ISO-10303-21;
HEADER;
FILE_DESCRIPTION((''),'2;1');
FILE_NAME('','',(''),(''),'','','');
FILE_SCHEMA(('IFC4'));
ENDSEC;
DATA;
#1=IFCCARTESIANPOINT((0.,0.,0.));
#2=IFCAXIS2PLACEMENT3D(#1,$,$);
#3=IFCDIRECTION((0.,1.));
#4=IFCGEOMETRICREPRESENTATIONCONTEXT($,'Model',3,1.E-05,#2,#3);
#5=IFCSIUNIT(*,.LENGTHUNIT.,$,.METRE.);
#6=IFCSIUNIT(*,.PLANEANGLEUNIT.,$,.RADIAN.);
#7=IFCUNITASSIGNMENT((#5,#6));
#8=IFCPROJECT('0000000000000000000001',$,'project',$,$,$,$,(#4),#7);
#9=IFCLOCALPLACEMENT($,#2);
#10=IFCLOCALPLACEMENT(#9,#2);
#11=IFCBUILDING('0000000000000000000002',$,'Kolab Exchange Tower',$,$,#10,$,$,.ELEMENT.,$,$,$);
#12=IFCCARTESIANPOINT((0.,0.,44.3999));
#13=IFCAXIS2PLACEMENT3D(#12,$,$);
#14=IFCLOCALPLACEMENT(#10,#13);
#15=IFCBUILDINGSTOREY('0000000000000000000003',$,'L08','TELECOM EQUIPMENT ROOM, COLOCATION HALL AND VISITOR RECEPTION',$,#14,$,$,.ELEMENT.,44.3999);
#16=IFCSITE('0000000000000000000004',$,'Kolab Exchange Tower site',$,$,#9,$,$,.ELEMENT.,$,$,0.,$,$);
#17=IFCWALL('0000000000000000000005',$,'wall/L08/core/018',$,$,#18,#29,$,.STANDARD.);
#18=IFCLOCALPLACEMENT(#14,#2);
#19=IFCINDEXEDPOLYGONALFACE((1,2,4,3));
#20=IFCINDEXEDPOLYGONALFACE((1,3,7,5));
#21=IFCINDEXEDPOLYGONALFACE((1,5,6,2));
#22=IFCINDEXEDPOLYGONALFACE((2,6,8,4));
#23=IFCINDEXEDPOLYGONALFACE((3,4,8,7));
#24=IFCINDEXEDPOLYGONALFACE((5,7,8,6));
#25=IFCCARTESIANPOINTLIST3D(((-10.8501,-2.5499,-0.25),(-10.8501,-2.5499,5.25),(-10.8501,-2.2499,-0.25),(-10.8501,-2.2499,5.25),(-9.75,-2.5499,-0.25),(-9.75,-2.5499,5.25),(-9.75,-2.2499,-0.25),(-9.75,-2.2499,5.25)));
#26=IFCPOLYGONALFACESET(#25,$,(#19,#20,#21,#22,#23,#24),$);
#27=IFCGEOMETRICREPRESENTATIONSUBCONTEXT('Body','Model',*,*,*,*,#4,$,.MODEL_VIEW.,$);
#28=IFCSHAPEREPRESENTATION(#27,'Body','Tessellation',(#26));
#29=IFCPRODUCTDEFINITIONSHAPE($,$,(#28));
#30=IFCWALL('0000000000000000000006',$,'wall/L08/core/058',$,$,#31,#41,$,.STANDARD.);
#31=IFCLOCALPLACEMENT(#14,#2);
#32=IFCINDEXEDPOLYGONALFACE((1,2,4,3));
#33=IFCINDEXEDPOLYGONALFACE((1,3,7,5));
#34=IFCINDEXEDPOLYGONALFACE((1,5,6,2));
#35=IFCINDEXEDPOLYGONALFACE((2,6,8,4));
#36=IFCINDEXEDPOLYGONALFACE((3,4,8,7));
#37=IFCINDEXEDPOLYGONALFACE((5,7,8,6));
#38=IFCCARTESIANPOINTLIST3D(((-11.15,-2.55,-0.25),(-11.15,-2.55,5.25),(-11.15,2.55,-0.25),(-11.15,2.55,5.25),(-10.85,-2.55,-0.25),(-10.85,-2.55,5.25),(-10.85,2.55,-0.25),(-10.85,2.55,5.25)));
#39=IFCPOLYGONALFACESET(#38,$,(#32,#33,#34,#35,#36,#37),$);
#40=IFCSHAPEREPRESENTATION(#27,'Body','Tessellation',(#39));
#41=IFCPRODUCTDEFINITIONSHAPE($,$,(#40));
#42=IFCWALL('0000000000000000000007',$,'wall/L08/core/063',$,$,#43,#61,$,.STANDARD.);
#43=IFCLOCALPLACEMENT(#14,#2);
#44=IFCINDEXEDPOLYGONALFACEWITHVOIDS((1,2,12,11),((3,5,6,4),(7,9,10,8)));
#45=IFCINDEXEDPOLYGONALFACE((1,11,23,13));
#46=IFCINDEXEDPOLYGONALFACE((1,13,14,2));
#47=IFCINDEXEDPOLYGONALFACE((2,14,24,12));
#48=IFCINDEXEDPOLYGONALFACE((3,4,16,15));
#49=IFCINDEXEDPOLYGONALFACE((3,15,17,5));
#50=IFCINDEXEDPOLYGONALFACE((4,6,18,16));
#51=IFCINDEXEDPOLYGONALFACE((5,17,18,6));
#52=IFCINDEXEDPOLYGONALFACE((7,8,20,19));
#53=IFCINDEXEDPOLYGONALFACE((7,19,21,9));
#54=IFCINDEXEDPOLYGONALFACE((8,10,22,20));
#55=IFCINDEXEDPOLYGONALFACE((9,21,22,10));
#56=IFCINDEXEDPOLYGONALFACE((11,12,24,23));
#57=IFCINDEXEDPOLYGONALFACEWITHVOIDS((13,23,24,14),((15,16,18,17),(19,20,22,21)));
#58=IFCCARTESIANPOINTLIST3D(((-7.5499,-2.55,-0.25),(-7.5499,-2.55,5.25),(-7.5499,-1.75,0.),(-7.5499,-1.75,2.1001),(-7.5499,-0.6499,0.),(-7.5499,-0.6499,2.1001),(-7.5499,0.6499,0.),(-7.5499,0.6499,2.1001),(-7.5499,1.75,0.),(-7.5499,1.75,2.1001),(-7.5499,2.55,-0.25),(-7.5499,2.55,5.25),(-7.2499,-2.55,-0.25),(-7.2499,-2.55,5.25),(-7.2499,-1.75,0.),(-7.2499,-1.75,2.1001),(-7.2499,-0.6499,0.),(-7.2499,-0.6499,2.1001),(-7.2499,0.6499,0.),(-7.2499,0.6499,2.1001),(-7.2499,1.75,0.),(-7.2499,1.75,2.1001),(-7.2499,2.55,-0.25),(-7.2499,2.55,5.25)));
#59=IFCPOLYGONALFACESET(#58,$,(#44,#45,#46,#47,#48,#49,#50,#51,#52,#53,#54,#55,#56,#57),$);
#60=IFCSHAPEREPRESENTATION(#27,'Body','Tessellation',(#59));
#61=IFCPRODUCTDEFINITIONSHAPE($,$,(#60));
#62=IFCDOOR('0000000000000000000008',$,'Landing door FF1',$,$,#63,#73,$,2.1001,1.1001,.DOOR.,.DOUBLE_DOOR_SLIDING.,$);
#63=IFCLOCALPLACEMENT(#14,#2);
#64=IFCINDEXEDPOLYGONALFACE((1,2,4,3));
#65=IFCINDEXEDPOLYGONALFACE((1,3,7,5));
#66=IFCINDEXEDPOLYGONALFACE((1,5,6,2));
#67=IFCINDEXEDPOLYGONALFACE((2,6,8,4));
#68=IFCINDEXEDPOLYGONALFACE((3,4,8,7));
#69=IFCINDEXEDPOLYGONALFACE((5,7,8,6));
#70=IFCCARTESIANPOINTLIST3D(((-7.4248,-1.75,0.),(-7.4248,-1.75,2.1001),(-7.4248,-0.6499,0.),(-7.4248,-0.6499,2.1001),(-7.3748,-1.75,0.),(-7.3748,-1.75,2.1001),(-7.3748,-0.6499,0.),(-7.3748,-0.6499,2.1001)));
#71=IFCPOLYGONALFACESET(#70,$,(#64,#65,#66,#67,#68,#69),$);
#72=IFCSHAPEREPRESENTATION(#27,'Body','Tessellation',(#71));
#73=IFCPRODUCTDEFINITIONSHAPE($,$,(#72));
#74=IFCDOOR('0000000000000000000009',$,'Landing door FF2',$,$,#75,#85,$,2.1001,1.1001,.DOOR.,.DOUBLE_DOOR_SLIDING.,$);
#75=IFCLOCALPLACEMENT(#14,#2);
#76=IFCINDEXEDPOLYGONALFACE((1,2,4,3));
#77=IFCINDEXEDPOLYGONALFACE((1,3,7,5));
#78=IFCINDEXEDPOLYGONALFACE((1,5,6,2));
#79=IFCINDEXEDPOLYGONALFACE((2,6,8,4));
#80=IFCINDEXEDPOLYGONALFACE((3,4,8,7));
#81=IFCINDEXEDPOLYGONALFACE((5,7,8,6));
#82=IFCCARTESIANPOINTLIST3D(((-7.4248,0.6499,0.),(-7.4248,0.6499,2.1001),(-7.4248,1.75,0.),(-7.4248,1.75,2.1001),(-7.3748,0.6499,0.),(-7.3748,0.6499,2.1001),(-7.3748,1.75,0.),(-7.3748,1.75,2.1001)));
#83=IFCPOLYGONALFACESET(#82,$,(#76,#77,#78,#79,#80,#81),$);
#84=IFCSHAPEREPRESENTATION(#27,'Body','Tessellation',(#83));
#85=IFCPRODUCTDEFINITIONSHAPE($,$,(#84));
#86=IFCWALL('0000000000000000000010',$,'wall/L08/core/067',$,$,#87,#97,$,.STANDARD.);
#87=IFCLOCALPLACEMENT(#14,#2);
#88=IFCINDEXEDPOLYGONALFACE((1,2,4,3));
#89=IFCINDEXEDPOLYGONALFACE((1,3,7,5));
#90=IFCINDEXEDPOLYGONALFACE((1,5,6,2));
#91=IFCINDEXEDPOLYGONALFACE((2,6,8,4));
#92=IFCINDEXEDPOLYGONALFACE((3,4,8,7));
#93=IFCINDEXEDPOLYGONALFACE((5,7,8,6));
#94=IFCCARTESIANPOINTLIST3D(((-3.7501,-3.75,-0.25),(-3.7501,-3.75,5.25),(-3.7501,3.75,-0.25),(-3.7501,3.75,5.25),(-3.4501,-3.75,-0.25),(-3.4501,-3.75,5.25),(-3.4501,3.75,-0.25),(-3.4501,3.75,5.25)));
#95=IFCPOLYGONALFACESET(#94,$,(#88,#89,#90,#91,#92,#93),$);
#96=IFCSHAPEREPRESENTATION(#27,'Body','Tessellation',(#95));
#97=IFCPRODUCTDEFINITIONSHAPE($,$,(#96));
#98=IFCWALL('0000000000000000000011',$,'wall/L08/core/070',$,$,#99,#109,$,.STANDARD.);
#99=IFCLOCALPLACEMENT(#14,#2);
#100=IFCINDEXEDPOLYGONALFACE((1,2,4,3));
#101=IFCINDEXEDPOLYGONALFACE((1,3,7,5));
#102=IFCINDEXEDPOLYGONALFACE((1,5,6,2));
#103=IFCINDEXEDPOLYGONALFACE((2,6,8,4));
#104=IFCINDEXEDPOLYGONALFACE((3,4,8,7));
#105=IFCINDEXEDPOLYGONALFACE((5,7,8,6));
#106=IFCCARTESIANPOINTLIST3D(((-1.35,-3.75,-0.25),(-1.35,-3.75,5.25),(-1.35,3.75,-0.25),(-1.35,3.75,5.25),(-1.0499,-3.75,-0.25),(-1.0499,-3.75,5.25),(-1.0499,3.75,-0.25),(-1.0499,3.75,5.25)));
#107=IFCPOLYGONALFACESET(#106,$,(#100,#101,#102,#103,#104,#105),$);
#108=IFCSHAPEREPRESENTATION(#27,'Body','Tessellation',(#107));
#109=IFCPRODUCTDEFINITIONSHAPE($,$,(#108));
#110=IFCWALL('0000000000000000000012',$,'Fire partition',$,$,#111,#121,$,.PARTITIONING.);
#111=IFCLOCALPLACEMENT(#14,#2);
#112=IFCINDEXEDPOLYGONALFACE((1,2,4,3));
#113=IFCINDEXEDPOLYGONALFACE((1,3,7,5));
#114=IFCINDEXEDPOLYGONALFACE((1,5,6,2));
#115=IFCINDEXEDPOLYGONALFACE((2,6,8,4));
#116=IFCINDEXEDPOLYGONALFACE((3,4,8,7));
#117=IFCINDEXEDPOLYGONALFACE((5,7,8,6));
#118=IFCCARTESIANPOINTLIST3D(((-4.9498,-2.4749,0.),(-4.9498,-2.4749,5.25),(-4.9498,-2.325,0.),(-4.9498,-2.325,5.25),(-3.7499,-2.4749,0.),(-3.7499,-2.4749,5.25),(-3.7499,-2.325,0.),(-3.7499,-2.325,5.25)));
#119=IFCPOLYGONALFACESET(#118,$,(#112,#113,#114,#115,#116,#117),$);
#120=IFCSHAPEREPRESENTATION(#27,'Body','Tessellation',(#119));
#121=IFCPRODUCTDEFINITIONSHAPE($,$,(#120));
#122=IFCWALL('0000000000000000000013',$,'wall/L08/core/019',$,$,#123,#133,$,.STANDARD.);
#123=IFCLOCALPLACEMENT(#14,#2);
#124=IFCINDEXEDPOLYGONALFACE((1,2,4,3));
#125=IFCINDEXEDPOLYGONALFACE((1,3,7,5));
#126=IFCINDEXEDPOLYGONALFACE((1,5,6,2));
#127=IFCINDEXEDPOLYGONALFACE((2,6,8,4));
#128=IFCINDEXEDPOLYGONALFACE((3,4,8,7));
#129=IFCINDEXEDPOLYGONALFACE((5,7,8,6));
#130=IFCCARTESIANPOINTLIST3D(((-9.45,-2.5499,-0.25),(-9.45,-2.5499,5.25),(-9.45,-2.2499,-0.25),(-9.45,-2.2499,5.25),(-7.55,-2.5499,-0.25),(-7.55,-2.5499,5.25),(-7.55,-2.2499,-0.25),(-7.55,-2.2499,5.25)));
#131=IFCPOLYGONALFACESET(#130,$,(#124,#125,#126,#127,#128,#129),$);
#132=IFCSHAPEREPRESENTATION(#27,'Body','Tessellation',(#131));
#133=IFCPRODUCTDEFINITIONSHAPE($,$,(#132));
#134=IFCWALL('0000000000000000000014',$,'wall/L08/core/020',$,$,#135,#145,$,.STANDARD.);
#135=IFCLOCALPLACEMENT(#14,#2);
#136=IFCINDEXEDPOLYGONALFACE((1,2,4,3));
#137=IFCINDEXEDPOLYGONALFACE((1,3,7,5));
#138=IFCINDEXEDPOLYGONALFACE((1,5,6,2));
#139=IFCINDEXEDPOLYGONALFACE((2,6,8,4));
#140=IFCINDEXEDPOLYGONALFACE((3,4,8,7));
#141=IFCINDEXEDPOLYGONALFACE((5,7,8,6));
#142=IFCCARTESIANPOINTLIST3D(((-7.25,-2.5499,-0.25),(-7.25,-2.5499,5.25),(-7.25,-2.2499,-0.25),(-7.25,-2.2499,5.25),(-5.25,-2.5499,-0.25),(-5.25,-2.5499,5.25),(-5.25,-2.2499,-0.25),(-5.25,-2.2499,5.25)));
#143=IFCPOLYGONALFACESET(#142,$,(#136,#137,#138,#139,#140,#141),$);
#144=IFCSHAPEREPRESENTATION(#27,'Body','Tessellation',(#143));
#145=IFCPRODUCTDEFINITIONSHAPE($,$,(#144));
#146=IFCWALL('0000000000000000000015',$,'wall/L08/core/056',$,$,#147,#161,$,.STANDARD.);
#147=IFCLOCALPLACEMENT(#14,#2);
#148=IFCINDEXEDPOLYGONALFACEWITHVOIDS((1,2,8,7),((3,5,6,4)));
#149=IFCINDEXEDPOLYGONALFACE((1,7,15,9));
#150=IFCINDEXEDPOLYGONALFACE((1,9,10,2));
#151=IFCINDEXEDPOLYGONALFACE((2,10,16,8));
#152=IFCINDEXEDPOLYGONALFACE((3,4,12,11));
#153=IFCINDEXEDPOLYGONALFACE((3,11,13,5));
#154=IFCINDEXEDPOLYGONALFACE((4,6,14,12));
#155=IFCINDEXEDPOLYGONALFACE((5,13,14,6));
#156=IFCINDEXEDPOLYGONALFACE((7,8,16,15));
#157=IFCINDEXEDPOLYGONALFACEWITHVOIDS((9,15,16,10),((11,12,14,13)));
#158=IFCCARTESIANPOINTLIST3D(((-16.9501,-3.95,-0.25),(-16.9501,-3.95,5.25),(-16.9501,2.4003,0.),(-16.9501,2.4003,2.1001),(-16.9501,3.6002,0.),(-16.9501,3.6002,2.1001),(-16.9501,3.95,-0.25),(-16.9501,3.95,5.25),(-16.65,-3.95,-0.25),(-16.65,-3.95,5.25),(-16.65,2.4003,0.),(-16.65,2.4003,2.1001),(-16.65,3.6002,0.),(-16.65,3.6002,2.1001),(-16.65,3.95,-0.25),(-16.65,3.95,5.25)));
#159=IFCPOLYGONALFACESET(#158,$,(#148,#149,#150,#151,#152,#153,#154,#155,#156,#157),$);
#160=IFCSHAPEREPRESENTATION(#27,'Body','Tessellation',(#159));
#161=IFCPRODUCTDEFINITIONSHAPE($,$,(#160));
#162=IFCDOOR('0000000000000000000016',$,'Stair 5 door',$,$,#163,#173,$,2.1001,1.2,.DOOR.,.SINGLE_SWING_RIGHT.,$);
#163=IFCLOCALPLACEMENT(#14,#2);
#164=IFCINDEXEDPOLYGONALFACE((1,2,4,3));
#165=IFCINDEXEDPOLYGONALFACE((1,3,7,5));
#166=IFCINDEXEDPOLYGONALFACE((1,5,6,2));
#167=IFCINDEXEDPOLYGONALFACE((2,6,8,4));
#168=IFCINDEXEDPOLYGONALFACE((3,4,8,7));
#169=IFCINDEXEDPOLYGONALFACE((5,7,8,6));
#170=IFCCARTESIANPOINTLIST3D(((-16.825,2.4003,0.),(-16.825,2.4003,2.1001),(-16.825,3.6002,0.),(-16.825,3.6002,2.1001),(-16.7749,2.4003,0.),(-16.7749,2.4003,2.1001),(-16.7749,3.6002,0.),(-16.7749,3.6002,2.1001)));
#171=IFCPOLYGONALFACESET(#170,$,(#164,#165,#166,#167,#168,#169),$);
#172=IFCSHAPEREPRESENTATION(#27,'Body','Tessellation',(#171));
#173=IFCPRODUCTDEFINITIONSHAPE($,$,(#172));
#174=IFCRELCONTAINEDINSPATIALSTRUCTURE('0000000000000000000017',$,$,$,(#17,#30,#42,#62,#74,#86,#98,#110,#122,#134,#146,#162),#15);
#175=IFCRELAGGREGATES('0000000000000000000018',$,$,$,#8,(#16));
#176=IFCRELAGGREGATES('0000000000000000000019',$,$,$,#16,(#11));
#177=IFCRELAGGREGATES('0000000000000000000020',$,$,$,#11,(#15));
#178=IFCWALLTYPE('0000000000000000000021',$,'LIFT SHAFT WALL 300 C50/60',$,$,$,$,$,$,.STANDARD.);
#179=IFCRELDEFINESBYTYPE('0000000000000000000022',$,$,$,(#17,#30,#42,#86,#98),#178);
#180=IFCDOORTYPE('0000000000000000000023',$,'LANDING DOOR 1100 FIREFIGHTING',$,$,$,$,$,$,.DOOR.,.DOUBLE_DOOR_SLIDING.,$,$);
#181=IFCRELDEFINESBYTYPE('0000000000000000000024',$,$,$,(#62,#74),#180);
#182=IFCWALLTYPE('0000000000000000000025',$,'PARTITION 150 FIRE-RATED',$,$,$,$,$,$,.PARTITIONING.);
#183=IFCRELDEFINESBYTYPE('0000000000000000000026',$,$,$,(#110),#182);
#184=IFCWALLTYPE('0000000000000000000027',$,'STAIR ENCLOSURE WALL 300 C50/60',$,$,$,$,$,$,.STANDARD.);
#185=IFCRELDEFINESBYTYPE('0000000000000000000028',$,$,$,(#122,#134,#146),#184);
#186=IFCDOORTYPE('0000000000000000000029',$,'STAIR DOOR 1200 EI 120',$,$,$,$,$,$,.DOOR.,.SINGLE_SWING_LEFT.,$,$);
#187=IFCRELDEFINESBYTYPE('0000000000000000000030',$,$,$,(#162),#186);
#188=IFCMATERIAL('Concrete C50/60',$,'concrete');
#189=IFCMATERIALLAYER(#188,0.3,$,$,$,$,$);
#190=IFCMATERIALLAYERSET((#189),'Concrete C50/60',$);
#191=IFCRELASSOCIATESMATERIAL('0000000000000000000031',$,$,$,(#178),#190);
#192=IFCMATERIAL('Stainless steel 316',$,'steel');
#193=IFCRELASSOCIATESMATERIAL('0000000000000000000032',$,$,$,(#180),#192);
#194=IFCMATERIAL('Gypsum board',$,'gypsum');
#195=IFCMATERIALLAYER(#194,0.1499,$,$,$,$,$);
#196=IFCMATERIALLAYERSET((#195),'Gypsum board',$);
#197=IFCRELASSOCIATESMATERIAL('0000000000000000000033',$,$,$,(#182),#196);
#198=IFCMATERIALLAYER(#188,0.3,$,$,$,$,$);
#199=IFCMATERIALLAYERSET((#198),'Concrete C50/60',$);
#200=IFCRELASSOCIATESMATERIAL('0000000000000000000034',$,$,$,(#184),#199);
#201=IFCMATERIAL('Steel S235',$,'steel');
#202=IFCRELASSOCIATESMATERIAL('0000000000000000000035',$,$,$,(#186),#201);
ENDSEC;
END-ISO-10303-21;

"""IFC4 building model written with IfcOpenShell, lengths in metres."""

from ifc_helpers import new_model, si_unit, direction, frame, frame_2d, origin, place, context, subcontext, project, spatial, rectangle, extrude, material, layer, layer_set, type_object, element, fill, save


model = new_model("IFC4")

# Units and contexts
model_context = context("Model", 3, precision=1e-05, world=origin(), true_north=direction((0.0, 1.0)))
body_context = subcontext(model_context, "Body", "Model", "MODEL_VIEW")
ifc_project = project(units=[si_unit("LENGTHUNIT", "METRE"), si_unit("PLANEANGLEUNIT", "RADIAN")], contexts=[model_context])

# Site, building, storey
site_placement = place(None, origin())
site = spatial("IfcSite", under=ifc_project, at=site_placement, Name="Kolab Exchange Tower site", CompositionType="ELEMENT", RefElevation=0.0)
building_placement = place(site_placement, origin())
building = spatial("IfcBuilding", under=site, at=building_placement, Name="Kolab Exchange Tower", CompositionType="ELEMENT")
storey_placement = place(building_placement, frame((0.0, 0.0, 44.3999)))
storey = spatial("IfcBuildingStorey", under=building, at=storey_placement, Name="L08", Description="TELECOM EQUIPMENT ROOM, COLOCATION HALL AND VISITOR RECEPTION", CompositionType="ELEMENT", Elevation=44.3999)

# Shared definitions
ifc_material_1 = material(Name="Concrete C50/60", Category="concrete")
ifc_layer_1 = layer(ifc_material_1, 0.3)
ifc_layer_set_1 = layer_set([ifc_layer_1], Name="Concrete C50/60")
wall_type_1 = type_object("IfcWallType", Name="LIFT SHAFT WALL 300 C50/60", PredefinedType="STANDARD", material=ifc_layer_set_1)
ifc_material_2 = material(Name="Steel S235", Category="steel")

# Walls
wall_1_placement = place(storey_placement, frame((-10.8501, -2.3999, -0.25), z_axis=(0.0, 0.0, 1.0), x_axis=(1.0, 0.0, 0.0)))
element("IfcWall", 1, at=wall_1_placement, inside=storey, type_object=wall_type_1, Name="wall/L08/core/018", PredefinedType="STANDARD", context=body_context, shape_type="SweptSolid", body=[
    extrude(rectangle(XDim=1.1001, YDim=0.3, at=frame_2d((0.55, 0.0))), origin(), (0.0, 0.0, 1.0), 5.5),
])
wall_2_placement = place(storey_placement, frame((-11.0, -2.55, -0.25), z_axis=(0.0, 0.0, 1.0), x_axis=(0.0, 1.0, 0.0)))
element("IfcWall", 2, at=wall_2_placement, inside=storey, type_object=wall_type_1, Name="wall/L08/core/058", PredefinedType="STANDARD", context=body_context, shape_type="SweptSolid", body=[
    extrude(rectangle(XDim=5.1001, YDim=0.3, at=frame_2d((2.55, 0.0))), origin(), (0.0, 0.0, 1.0), 5.5),
])

# Wall, openings, doors
wall_3_placement = place(storey_placement, frame((-7.3999, -2.55, -0.25), z_axis=(0.0, 0.0, 1.0), x_axis=(0.0, 1.0, 0.0)))
wall_3 = element("IfcWall", 3, at=wall_3_placement, inside=storey, type_object=wall_type_1, Name="wall/L08/core/063", PredefinedType="STANDARD", context=body_context, shape_type="SweptSolid", body=[
    extrude(rectangle(XDim=5.1001, YDim=0.3, at=frame_2d((2.55, 0.0))), origin(), (0.0, 0.0, 1.0), 5.5),
])
opening_1_placement = place(wall_3_placement, frame((0.8, 0.0, 0.25)))
opening_1 = element("IfcOpeningElement", 4, at=opening_1_placement, cuts=wall_3, PredefinedType="OPENING", context=body_context, shape_type="SweptSolid", body=[
    extrude(rectangle(XDim=1.1001, YDim=2.1001, at=frame_2d((0.55, 1.05))), frame((0.0, 0.1602, 0.0), z_axis=(0.0, -1.0, 0.0), x_axis=(1.0, 0.0, 0.0)), (0.0, 0.0, 1.0), 0.3201),
])
opening_2_placement = place(wall_3_placement, frame((3.2, 0.0, 0.25)))
opening_2 = element("IfcOpeningElement", 5, at=opening_2_placement, cuts=wall_3, PredefinedType="OPENING", context=body_context, shape_type="SweptSolid", body=[
    extrude(rectangle(XDim=1.1001, YDim=2.1001, at=frame_2d((0.55, 1.05))), frame((0.0, 0.1602, 0.0), z_axis=(0.0, -1.0, 0.0), x_axis=(1.0, 0.0, 0.0)), (0.0, 0.0, 1.0), 0.3201),
])
ifc_material_3 = material(Name="Stainless steel 316", Category="steel")
door_type_1 = type_object("IfcDoorType", Name="LANDING DOOR 1100 FIREFIGHTING", OperationType="DOUBLE_DOOR_SLIDING", PredefinedType="DOOR", material=ifc_material_3)
door_1_placement = place(opening_1_placement, origin())
door_1 = element("IfcDoor", 6, at=door_1_placement, inside=storey, type_object=door_type_1, Name="Landing door FF1", OperationType="DOUBLE_DOOR_SLIDING", OverallHeight=2.1001, OverallWidth=1.1001, PredefinedType="DOOR", context=body_context, shape_type="SweptSolid", body=[
    extrude(rectangle(XDim=1.1001, YDim=2.1001, at=frame_2d((0.55, 1.05))), frame((0.0, 0.0249, 0.0), z_axis=(0.0, -1.0, 0.0), x_axis=(1.0, 0.0, 0.0)), (0.0, 0.0, 1.0), 0.05),
])
fill(opening_1, door_1)
door_2_placement = place(opening_2_placement, origin())
door_2 = element("IfcDoor", 7, at=door_2_placement, inside=storey, type_object=door_type_1, Name="Landing door FF2", OperationType="DOUBLE_DOOR_SLIDING", OverallHeight=2.1001, OverallWidth=1.1001, PredefinedType="DOOR", context=body_context, shape_type="SweptSolid", body=[
    extrude(rectangle(XDim=1.1001, YDim=2.1001, at=frame_2d((0.55, 1.05))), frame((0.0, 0.0249, 0.0), z_axis=(0.0, -1.0, 0.0), x_axis=(1.0, 0.0, 0.0)), (0.0, 0.0, 1.0), 0.05),
])
fill(opening_2, door_2)

# Walls
for number, where, z_axis, x_axis, name in (
    (8, (-3.6001, -3.75, -0.25), (0.0, 0.0, 1.0), (0.0, 1.0, 0.0), "wall/L08/core/067"),
    (9, (-1.2, -3.75, -0.25), (0.0, 0.0, 1.0), (0.0, 1.0, 0.0), "wall/L08/core/070"),
):
    element("IfcWall", number, at=place(storey_placement, frame(where, z_axis=z_axis, x_axis=x_axis)), inside=storey, type_object=wall_type_1, Name=name, PredefinedType="STANDARD", context=body_context, shape_type="SweptSolid", body=[
        extrude(rectangle(XDim=7.5, YDim=0.3, at=frame_2d((3.75, 0.0))), origin(), (0.0, 0.0, 1.0), 5.5),
    ])
ifc_material_4 = material(Name="Gypsum board", Category="gypsum")
ifc_layer_2 = layer(ifc_material_4, 0.1499)
ifc_layer_set_2 = layer_set([ifc_layer_2], Name="Gypsum board")
wall_type_2 = type_object("IfcWallType", Name="PARTITION 150 FIRE-RATED", PredefinedType="PARTITIONING", material=ifc_layer_set_2)
wall_4_placement = place(storey_placement, frame((-4.95, -2.3999, 0.0), z_axis=(0.0, 0.0, 1.0), x_axis=(1.0, 0.0, 0.0)))
element("IfcWall", 10, at=wall_4_placement, inside=storey, type_object=wall_type_2, Name="Fire partition", PredefinedType="PARTITIONING", context=body_context, shape_type="SweptSolid", body=[
    extrude(rectangle(XDim=1.2, YDim=0.1499, at=frame_2d((0.6001, 0.0))), origin(), (0.0, 0.0, 1.0), 5.25),
])
ifc_layer_3 = layer(ifc_material_1, 0.3)
ifc_layer_set_3 = layer_set([ifc_layer_3], Name="Concrete C50/60")
wall_type_3 = type_object("IfcWallType", Name="STAIR ENCLOSURE WALL 300 C50/60", PredefinedType="STANDARD", material=ifc_layer_set_3)
wall_5_placement = place(storey_placement, frame((-9.45, -2.3999, -0.25), z_axis=(0.0, 0.0, 1.0), x_axis=(1.0, 0.0, 0.0)))
element("IfcWall", 11, at=wall_5_placement, inside=storey, type_object=wall_type_3, Name="wall/L08/core/019", PredefinedType="STANDARD", context=body_context, shape_type="SweptSolid", body=[
    extrude(rectangle(XDim=1.8999, YDim=0.3, at=frame_2d((0.95, 0.0))), origin(), (0.0, 0.0, 1.0), 5.5),
])
wall_6_placement = place(storey_placement, frame((-7.25, -2.3999, -0.25), z_axis=(0.0, 0.0, 1.0), x_axis=(1.0, 0.0, 0.0)))
element("IfcWall", 12, at=wall_6_placement, inside=storey, type_object=wall_type_3, Name="wall/L08/core/020", PredefinedType="STANDARD", context=body_context, shape_type="SweptSolid", body=[
    extrude(rectangle(XDim=2.0, YDim=0.3, at=frame_2d((1.0, 0.0))), origin(), (0.0, 0.0, 1.0), 5.5),
])

# Wall, opening, door
wall_7_placement = place(storey_placement, frame((-16.8, -3.95, -0.25), z_axis=(0.0, 0.0, 1.0), x_axis=(0.0, 1.0, 0.0)))
wall_7 = element("IfcWall", 13, at=wall_7_placement, inside=storey, type_object=wall_type_3, Name="wall/L08/core/056", PredefinedType="STANDARD", context=body_context, shape_type="SweptSolid", body=[
    extrude(rectangle(XDim=7.8999, YDim=0.3, at=frame_2d((3.95, 0.0))), origin(), (0.0, 0.0, 1.0), 5.5),
])
opening_3_placement = place(wall_7_placement, frame((6.3501, 0.0, 0.25)))
opening_3 = element("IfcOpeningElement", 14, at=opening_3_placement, cuts=wall_7, PredefinedType="OPENING", context=body_context, shape_type="SweptSolid", body=[
    extrude(rectangle(XDim=1.2, YDim=2.1001, at=frame_2d((0.6001, 1.05))), frame((0.0, 0.1602, 0.0), z_axis=(0.0, -1.0, 0.0), x_axis=(1.0, 0.0, 0.0)), (0.0, 0.0, 1.0), 0.3201),
])
door_type_2 = type_object("IfcDoorType", Name="STAIR DOOR 1200 EI 120", OperationType="SINGLE_SWING_LEFT", PredefinedType="DOOR", material=ifc_material_2)
door_3_placement = place(opening_3_placement, origin())
door_3 = element("IfcDoor", 15, at=door_3_placement, inside=storey, type_object=door_type_2, Name="Stair 5 door", OperationType="SINGLE_SWING_RIGHT", OverallHeight=2.1001, OverallWidth=1.2, PredefinedType="DOOR", context=body_context, shape_type="SweptSolid", body=[
    extrude(rectangle(XDim=1.2, YDim=2.1001, at=frame_2d((0.6001, 1.05))), frame((0.0, 0.0249, 0.0), z_axis=(0.0, -1.0, 0.0), x_axis=(1.0, 0.0, 0.0)), (0.0, 0.0, 1.0), 0.05),
])
fill(opening_3, door_3)

save(model, "model.ifc")
